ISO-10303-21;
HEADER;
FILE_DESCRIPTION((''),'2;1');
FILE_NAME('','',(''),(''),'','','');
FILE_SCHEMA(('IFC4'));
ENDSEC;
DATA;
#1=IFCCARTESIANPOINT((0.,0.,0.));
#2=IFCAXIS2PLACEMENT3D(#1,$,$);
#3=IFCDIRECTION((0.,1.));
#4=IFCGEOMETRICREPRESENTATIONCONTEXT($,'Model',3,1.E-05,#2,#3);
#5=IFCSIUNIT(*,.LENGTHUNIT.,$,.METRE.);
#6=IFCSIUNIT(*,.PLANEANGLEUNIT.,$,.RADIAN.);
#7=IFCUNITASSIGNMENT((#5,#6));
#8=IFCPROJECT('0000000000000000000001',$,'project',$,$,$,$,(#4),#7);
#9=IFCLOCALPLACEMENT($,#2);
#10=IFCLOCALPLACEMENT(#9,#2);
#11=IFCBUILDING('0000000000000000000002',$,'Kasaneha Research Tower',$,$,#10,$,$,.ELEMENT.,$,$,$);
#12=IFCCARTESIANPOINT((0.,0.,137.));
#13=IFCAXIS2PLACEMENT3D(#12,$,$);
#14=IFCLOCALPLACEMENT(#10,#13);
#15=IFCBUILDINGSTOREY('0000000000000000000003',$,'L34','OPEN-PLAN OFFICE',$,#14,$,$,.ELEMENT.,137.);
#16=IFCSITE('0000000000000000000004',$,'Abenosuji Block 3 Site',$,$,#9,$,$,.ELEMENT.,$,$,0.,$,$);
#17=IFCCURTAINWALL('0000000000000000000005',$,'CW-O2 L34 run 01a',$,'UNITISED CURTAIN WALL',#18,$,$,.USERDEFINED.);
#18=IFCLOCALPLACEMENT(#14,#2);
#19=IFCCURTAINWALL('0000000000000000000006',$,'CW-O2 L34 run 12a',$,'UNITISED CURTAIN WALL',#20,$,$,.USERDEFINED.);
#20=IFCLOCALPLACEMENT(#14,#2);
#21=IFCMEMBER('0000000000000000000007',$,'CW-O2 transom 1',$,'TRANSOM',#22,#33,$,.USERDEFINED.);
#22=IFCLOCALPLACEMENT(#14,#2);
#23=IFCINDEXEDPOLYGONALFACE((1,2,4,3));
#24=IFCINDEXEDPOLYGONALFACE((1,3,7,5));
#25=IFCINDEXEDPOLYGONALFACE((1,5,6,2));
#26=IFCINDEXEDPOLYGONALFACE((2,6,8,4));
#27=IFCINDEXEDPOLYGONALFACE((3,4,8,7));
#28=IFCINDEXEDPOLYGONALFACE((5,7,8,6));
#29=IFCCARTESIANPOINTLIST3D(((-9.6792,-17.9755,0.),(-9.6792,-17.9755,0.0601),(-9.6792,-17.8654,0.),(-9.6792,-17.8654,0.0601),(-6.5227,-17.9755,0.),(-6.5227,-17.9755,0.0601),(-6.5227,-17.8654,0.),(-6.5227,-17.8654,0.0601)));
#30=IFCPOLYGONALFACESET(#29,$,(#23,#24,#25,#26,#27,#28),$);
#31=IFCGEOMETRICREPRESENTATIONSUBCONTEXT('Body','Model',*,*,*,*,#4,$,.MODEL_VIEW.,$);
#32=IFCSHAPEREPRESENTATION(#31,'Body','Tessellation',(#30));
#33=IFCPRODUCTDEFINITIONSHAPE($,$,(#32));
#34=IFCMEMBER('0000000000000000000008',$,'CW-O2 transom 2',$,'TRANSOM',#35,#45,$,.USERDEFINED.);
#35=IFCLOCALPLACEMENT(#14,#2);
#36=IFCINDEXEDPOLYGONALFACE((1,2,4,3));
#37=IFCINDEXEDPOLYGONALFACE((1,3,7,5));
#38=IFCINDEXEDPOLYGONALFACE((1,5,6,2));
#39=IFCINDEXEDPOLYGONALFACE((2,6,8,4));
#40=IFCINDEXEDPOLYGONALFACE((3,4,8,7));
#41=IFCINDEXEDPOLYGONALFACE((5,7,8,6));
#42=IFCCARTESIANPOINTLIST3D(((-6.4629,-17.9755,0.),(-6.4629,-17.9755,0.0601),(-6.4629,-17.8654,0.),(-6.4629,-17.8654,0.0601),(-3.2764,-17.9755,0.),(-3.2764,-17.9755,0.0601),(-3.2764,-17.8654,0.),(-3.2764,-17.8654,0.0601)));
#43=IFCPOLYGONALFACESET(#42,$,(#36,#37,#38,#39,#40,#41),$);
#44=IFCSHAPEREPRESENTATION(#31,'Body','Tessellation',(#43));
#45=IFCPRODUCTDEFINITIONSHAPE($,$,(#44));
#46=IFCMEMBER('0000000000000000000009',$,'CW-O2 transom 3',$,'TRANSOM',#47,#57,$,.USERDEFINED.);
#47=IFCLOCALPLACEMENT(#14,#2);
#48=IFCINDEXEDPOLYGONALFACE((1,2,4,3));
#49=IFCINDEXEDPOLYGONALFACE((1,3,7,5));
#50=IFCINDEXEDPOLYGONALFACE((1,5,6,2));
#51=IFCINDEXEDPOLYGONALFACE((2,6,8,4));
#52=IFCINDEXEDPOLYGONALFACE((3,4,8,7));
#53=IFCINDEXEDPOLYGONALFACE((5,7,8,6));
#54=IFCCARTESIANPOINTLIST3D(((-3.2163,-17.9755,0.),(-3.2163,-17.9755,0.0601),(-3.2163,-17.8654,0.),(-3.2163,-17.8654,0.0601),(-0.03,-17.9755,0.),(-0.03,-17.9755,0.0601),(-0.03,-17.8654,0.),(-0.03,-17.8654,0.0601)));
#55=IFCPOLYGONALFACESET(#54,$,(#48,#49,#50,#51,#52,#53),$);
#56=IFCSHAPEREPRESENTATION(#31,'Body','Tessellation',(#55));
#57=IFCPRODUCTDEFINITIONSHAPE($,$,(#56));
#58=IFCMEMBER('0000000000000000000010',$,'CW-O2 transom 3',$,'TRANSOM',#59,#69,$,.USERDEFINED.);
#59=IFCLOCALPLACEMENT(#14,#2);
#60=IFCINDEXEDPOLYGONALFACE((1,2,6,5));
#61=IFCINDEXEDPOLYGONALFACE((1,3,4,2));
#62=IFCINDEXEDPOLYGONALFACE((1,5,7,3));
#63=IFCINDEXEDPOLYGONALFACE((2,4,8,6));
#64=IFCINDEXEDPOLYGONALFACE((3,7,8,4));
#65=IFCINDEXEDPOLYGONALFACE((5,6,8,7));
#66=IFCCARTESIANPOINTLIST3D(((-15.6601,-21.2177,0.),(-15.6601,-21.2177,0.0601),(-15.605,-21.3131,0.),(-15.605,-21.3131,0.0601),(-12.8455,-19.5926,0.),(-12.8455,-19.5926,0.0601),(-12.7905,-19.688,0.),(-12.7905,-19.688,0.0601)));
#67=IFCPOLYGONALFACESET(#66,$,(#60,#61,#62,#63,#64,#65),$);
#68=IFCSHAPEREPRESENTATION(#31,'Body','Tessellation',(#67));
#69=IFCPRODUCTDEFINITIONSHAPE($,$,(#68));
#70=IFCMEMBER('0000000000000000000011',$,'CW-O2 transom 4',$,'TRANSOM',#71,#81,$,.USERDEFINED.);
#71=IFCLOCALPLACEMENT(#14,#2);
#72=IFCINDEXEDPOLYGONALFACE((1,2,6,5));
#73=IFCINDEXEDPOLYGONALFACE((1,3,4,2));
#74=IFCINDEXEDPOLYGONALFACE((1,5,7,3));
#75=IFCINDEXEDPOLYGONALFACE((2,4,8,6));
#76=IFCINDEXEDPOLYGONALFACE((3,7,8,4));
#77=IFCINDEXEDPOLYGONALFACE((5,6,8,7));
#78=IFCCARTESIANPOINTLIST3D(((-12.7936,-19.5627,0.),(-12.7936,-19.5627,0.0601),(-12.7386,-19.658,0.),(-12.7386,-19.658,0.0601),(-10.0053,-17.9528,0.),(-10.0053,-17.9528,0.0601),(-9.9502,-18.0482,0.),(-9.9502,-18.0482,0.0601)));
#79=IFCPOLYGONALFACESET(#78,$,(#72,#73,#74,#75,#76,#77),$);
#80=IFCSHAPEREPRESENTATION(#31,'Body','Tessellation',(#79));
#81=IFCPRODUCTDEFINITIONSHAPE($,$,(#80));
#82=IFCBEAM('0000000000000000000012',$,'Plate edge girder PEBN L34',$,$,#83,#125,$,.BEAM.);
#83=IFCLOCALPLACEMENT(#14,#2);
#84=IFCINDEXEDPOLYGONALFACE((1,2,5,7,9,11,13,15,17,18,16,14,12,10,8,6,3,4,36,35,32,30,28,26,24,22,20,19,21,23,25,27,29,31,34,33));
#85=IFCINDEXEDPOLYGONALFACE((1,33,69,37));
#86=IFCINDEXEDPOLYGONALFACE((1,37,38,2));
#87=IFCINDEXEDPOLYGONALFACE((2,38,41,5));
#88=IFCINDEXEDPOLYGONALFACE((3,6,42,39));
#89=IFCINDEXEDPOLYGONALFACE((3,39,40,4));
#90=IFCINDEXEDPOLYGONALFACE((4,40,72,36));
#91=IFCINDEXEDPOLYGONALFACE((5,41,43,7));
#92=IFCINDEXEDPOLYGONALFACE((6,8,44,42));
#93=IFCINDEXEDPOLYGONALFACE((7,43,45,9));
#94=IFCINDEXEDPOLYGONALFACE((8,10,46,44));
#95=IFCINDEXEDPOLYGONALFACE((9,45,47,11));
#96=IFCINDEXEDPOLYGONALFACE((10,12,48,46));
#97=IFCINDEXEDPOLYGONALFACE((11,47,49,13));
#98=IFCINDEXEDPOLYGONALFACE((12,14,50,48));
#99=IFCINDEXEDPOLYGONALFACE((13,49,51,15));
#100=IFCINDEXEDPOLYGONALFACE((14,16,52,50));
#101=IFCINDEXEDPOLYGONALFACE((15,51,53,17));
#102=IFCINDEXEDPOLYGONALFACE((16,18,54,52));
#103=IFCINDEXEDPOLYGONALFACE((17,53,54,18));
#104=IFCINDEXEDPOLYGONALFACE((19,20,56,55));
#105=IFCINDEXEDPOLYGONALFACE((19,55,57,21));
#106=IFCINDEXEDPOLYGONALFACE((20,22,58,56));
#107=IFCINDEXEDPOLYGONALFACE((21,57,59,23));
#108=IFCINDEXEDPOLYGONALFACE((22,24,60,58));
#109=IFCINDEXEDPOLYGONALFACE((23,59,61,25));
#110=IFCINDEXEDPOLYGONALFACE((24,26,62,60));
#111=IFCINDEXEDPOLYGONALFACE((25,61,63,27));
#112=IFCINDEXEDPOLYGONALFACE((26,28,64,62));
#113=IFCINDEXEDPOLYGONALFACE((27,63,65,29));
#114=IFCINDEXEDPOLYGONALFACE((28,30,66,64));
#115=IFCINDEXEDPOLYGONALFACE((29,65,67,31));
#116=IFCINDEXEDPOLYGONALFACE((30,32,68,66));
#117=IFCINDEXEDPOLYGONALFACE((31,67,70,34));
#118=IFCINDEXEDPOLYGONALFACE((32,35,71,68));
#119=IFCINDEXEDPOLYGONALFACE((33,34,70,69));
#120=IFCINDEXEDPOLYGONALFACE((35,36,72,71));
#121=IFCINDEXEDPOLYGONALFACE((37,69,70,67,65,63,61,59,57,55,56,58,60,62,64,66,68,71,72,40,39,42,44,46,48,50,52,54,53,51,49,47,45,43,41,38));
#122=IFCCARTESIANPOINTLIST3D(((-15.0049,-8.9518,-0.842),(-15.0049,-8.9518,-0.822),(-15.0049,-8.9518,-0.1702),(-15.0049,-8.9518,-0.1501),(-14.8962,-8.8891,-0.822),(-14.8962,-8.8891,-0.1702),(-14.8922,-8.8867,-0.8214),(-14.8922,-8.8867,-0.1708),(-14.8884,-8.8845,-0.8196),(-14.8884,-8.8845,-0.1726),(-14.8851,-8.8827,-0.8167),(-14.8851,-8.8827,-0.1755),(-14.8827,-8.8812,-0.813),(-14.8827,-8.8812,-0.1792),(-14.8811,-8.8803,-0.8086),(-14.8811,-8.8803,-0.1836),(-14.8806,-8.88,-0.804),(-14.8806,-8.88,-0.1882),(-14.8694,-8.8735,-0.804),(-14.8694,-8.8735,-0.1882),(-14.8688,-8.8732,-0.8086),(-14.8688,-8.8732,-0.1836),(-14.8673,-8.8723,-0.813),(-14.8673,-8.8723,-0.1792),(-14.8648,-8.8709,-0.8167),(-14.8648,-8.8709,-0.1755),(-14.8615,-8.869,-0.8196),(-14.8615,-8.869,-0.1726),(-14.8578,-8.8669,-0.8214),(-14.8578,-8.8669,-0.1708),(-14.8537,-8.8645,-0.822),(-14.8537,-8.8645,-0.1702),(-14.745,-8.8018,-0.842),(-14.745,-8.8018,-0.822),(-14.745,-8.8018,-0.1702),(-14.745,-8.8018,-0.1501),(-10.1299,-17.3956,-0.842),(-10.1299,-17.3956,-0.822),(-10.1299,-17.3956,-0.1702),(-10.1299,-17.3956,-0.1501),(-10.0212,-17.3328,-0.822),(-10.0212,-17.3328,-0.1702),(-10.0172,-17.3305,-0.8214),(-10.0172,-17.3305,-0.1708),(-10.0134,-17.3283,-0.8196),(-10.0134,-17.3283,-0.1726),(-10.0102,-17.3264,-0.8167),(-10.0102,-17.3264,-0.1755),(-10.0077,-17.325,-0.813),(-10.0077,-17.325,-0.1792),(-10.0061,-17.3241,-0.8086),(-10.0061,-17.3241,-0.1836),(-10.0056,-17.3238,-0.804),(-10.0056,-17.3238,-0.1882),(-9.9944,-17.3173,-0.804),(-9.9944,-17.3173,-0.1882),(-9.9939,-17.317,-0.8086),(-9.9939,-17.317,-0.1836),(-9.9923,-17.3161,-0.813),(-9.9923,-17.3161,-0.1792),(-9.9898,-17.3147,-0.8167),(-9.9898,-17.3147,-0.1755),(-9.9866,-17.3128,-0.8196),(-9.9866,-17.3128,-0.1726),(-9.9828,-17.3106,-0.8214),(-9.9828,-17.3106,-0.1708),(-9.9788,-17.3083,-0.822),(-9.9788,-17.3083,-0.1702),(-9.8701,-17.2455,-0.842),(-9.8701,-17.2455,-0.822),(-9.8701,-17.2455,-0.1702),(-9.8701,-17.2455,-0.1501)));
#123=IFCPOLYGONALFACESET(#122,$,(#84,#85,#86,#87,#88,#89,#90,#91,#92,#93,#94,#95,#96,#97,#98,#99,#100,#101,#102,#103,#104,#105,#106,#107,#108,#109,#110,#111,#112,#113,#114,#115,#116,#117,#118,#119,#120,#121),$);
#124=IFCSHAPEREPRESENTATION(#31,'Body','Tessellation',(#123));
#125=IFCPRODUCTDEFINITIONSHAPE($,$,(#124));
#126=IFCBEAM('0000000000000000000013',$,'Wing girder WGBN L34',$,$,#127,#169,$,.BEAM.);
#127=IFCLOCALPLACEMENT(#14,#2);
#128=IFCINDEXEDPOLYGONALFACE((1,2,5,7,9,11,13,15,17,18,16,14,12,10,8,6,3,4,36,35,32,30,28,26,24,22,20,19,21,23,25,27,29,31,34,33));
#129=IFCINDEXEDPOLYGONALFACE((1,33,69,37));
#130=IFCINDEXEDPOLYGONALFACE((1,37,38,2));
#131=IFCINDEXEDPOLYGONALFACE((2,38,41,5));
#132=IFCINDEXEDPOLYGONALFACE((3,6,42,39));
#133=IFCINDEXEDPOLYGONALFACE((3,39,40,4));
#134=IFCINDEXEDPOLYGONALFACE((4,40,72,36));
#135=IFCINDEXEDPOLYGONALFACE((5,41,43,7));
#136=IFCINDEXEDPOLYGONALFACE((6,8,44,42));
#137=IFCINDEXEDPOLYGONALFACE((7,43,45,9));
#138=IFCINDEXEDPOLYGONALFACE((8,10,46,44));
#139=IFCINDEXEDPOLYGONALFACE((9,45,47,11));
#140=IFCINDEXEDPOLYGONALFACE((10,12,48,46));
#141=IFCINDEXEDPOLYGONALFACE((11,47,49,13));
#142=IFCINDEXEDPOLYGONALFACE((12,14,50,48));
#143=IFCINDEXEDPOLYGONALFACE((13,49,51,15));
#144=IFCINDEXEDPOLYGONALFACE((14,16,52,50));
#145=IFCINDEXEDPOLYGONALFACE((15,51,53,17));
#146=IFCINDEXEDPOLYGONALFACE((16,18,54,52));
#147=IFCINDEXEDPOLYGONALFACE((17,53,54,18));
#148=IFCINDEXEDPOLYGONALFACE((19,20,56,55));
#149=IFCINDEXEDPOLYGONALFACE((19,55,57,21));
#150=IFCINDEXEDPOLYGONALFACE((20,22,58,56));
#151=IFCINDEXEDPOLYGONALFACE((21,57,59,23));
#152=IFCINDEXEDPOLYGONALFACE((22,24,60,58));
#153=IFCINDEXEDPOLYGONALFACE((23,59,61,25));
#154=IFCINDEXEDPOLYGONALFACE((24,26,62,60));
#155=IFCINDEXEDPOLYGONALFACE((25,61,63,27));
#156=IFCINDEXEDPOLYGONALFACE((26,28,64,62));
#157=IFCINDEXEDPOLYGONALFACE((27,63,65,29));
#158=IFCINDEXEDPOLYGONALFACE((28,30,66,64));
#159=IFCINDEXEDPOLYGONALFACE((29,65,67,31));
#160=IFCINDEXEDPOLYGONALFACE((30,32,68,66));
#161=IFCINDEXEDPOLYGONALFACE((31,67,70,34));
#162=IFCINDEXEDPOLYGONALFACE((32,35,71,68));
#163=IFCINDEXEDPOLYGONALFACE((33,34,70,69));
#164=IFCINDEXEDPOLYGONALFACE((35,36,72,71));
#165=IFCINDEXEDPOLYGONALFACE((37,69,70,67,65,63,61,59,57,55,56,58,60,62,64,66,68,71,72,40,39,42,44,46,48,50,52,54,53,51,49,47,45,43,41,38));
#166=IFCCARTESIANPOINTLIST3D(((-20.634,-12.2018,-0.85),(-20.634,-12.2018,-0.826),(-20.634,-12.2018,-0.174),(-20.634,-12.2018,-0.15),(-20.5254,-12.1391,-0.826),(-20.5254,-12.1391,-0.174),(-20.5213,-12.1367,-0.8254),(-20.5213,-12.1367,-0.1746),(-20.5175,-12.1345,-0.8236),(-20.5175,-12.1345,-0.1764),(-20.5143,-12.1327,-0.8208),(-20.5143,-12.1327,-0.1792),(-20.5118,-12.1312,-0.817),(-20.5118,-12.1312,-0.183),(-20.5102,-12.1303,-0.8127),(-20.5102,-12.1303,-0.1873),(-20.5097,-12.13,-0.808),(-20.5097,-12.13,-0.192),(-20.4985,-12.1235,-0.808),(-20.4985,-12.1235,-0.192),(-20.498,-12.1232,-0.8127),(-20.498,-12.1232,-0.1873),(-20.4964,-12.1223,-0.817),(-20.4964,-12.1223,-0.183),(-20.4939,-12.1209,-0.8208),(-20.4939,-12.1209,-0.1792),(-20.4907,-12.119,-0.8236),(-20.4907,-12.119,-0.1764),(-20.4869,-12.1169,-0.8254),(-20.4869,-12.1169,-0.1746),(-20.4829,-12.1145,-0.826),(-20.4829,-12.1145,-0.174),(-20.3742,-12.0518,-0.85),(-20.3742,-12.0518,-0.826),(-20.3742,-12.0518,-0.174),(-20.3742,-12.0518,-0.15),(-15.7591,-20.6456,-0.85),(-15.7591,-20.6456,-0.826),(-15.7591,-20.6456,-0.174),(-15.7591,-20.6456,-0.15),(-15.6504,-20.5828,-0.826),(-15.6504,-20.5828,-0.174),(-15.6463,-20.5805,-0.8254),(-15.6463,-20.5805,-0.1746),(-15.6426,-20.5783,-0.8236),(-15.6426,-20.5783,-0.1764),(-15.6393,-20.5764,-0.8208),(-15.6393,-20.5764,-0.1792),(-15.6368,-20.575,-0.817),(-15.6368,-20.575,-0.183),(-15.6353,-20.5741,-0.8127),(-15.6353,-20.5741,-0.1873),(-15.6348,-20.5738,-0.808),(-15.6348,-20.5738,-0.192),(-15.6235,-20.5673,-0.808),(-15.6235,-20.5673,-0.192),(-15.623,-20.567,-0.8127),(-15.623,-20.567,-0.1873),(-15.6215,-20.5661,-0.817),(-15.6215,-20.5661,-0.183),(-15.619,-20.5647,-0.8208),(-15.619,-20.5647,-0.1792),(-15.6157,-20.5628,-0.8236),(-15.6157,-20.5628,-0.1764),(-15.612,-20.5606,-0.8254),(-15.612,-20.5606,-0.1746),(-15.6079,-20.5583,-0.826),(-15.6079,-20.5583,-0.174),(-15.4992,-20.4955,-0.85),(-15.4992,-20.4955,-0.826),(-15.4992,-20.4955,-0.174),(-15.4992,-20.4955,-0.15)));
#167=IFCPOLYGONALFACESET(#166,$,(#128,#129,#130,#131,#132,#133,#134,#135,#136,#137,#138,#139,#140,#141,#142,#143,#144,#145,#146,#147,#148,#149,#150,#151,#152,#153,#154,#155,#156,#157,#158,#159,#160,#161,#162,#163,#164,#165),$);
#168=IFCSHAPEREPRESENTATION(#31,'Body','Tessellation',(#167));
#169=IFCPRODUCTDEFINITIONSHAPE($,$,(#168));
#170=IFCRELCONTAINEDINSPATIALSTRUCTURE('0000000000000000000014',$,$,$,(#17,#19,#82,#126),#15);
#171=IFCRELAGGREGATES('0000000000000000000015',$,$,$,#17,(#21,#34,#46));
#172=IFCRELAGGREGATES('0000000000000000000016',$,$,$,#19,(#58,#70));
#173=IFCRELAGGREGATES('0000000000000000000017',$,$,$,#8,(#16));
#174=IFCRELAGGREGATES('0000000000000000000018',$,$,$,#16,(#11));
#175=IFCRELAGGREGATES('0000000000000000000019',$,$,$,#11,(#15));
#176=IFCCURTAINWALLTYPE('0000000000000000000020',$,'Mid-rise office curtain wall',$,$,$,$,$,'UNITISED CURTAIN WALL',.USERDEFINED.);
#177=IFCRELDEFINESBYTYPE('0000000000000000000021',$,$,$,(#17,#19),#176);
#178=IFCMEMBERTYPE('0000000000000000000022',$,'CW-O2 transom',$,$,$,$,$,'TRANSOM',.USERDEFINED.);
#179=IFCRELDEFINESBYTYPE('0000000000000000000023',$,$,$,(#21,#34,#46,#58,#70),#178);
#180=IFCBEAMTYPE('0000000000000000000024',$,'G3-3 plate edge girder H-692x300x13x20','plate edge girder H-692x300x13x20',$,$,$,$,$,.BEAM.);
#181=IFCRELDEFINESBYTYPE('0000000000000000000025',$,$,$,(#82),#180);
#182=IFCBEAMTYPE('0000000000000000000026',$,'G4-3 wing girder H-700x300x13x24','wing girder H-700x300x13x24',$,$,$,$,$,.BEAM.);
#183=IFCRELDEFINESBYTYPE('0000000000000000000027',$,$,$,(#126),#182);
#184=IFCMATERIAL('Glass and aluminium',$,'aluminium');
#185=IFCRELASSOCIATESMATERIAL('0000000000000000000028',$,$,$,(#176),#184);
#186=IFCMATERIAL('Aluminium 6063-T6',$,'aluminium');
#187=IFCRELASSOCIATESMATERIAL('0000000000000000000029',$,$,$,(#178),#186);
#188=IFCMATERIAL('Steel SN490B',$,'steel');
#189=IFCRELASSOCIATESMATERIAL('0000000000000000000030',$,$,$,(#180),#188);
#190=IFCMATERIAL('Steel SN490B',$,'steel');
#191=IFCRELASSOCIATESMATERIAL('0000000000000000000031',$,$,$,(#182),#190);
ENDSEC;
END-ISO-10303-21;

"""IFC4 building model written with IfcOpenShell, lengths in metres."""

from ifc_helpers import new_model, si_unit, direction, frame, origin, origin_2d, place, context, subcontext, project, spatial, rectangle, i_section, extrude, material, material_profile, profile_set, type_object, element, aggregate, save


model = new_model("IFC4")

# Units and contexts
model_context = context("Model", 3, precision=1e-05, world=origin(), true_north=direction((0.0, 1.0)))
body_context = subcontext(model_context, "Body", "Model", "MODEL_VIEW")
ifc_project = project(units=[si_unit("LENGTHUNIT", "METRE"), si_unit("PLANEANGLEUNIT", "RADIAN")], contexts=[model_context])

# Site, building, storey
site_placement = place(None, origin())
site = spatial("IfcSite", under=ifc_project, at=site_placement, Name="Abenosuji Block 3 Site", CompositionType="ELEMENT", RefElevation=0.0)
building_placement = place(site_placement, origin())
building = spatial("IfcBuilding", under=site, at=building_placement, Name="Kasaneha Research Tower", CompositionType="ELEMENT")
storey_placement = place(building_placement, frame((0.0, 0.0, 137.0)))
storey = spatial("IfcBuildingStorey", under=building, at=storey_placement, Name="L34", Description="OPEN-PLAN OFFICE", CompositionType="ELEMENT", Elevation=137.0)

# Curtain walls
ifc_material_1 = material(Name="Glass and aluminium", Category="aluminium")
curtain_wall_type = type_object("IfcCurtainWallType", Name="Mid-rise office curtain wall", ElementType="UNITISED CURTAIN WALL", PredefinedType="USERDEFINED", material=ifc_material_1)
curtain_wall_1_placement = place(storey_placement, origin())
curtain_wall_1 = element("IfcCurtainWall", 1, at=curtain_wall_1_placement, inside=storey, type_object=curtain_wall_type, Name="CW-O2 L34 run 01a", ObjectType="UNITISED CURTAIN WALL", PredefinedType="USERDEFINED")
curtain_wall_2_placement = place(storey_placement, origin())
curtain_wall_2 = element("IfcCurtainWall", 2, at=curtain_wall_2_placement, inside=storey, type_object=curtain_wall_type, Name="CW-O2 L34 run 12a", ObjectType="UNITISED CURTAIN WALL", PredefinedType="USERDEFINED")

# Members
ifc_material_2 = material(Name="Aluminium 6063-T6", Category="aluminium")
ifc_material_profile_1 = material_profile(ifc_material_2, rectangle(XDim=0.1101, YDim=0.0601, at=origin_2d()), Name="CW-O2 transom 110x60")
ifc_profile_set_1 = profile_set([ifc_material_profile_1], Name="Aluminium 6063-T6")
member_type_1 = type_object("IfcMemberType", Name="CW-O2 transom", ElementType="TRANSOM", PredefinedType="USERDEFINED", material=ifc_profile_set_1)
member_1_placement = place(storey_placement, frame((-9.6792, -17.9204, 0.03), z_axis=(1.0, 0.0, 0.0), x_axis=(0.0, 1.0, 0.0)))
member_1 = element("IfcMember", 3, at=member_1_placement, type_object=member_type_1, Name="CW-O2 transom 1", ObjectType="TRANSOM", PredefinedType="USERDEFINED", context=body_context, shape_type="SweptSolid", body=[
    extrude(rectangle(XDim=0.1101, YDim=0.0601, at=origin_2d()), origin(), (0.0, 0.0, 1.0), 3.1565),
])
member_2_placement = place(storey_placement, frame((-6.4629, -17.9204, 0.03), z_axis=(1.0, 0.0, 0.0), x_axis=(0.0, 1.0, 0.0)))
member_2 = element("IfcMember", 4, at=member_2_placement, type_object=member_type_1, Name="CW-O2 transom 2", ObjectType="TRANSOM", PredefinedType="USERDEFINED", context=body_context, shape_type="SweptSolid", body=[
    extrude(rectangle(XDim=0.1101, YDim=0.0601, at=origin_2d()), origin(), (0.0, 0.0, 1.0), 3.1865),
])
member_3_placement = place(storey_placement, frame((-3.2163, -17.9204, 0.03), z_axis=(1.0, 0.0, 0.0), x_axis=(0.0, 1.0, 0.0)))
member_3 = element("IfcMember", 5, at=member_3_placement, type_object=member_type_1, Name="CW-O2 transom 3", ObjectType="TRANSOM", PredefinedType="USERDEFINED", context=body_context, shape_type="SweptSolid", body=[
    extrude(rectangle(XDim=0.1101, YDim=0.0601, at=origin_2d()), origin(), (0.0, 0.0, 1.0), 3.1863),
])
member_4_placement = place(storey_placement, frame((-15.6326, -21.2654, 0.03), z_axis=(0.866015, 0.500017, 0.0), x_axis=(-0.500017, 0.866015, 0.0)))
member_4 = element("IfcMember", 6, at=member_4_placement, type_object=member_type_1, Name="CW-O2 transom 3", ObjectType="TRANSOM", PredefinedType="USERDEFINED", context=body_context, shape_type="SweptSolid", body=[
    extrude(rectangle(XDim=0.1101, YDim=0.0601, at=origin_2d()), origin(), (0.0, 0.0, 1.0), 3.25),
])
member_5_placement = place(storey_placement, frame((-12.7661, -19.6104, 0.03), z_axis=(0.866023, 0.500005, 0.0), x_axis=(-0.500005, 0.866023, 0.0)))
member_5 = element("IfcMember", 7, at=member_5_placement, type_object=member_type_1, Name="CW-O2 transom 4", ObjectType="TRANSOM", PredefinedType="USERDEFINED", context=body_context, shape_type="SweptSolid", body=[
    extrude(rectangle(XDim=0.1101, YDim=0.0601, at=origin_2d()), origin(), (0.0, 0.0, 1.0), 3.2197),
])

# Beams
ifc_material_3 = material(Name="Steel SN490B", Category="steel")
ifc_material_profile_2 = material_profile(ifc_material_3, i_section(OverallWidth=0.3, OverallDepth=0.6919, WebThickness=0.0129, FlangeThickness=0.02, FilletRadius=0.0181, at=origin_2d()), Name="H-692x300x13x20")
ifc_profile_set_2 = profile_set([ifc_material_profile_2], Name="Steel SN490B")
beam_type_1 = type_object("IfcBeamType", Name="G3-3 plate edge girder H-692x300x13x20", Description="plate edge girder H-692x300x13x20", PredefinedType="BEAM", material=ifc_profile_set_2)
beam_1_placement = place(storey_placement, frame((-10.0, -17.3206, -0.4961), z_axis=(-0.499996, 0.866028, 0.0), x_axis=(-0.866028, -0.499996, 0.0)))
element("IfcBeam", 8, at=beam_1_placement, inside=storey, type_object=beam_type_1, Name="Plate edge girder PEBN L34", PredefinedType="BEAM", context=body_context, shape_type="SweptSolid", body=[
    extrude(i_section(OverallWidth=0.3, OverallDepth=0.6919, WebThickness=0.0129, FlangeThickness=0.02, FilletRadius=0.0181, at=origin_2d()), origin(), (0.0, 0.0, 1.0), 9.75),
])
ifc_material_4 = material(Name="Steel SN490B", Category="steel")
ifc_material_profile_3 = material_profile(ifc_material_4, i_section(OverallWidth=0.3, OverallDepth=0.7, WebThickness=0.0129, FlangeThickness=0.0239, FilletRadius=0.0181, at=origin_2d()), Name="H-700x300x13x24")
ifc_profile_set_3 = profile_set([ifc_material_profile_3], Name="Steel SN490B")
beam_type_2 = type_object("IfcBeamType", Name="G4-3 wing girder H-700x300x13x24", Description="wing girder H-700x300x13x24", PredefinedType="BEAM", material=ifc_profile_set_3)
beam_2_placement = place(storey_placement, frame((-15.6292, -20.5706, -0.5), z_axis=(-0.499996, 0.866028, 0.0), x_axis=(-0.866028, -0.499996, 0.0)))
element("IfcBeam", 9, at=beam_2_placement, inside=storey, type_object=beam_type_2, Name="Wing girder WGBN L34", PredefinedType="BEAM", context=body_context, shape_type="SweptSolid", body=[
    extrude(i_section(OverallWidth=0.3, OverallDepth=0.7, WebThickness=0.0129, FlangeThickness=0.0239, FilletRadius=0.0181, at=origin_2d()), origin(), (0.0, 0.0, 1.0), 9.75),
])

aggregate(curtain_wall_1, [member_1, member_2, member_3])
aggregate(curtain_wall_2, [member_4, member_5])

save(model, "model.ifc")
